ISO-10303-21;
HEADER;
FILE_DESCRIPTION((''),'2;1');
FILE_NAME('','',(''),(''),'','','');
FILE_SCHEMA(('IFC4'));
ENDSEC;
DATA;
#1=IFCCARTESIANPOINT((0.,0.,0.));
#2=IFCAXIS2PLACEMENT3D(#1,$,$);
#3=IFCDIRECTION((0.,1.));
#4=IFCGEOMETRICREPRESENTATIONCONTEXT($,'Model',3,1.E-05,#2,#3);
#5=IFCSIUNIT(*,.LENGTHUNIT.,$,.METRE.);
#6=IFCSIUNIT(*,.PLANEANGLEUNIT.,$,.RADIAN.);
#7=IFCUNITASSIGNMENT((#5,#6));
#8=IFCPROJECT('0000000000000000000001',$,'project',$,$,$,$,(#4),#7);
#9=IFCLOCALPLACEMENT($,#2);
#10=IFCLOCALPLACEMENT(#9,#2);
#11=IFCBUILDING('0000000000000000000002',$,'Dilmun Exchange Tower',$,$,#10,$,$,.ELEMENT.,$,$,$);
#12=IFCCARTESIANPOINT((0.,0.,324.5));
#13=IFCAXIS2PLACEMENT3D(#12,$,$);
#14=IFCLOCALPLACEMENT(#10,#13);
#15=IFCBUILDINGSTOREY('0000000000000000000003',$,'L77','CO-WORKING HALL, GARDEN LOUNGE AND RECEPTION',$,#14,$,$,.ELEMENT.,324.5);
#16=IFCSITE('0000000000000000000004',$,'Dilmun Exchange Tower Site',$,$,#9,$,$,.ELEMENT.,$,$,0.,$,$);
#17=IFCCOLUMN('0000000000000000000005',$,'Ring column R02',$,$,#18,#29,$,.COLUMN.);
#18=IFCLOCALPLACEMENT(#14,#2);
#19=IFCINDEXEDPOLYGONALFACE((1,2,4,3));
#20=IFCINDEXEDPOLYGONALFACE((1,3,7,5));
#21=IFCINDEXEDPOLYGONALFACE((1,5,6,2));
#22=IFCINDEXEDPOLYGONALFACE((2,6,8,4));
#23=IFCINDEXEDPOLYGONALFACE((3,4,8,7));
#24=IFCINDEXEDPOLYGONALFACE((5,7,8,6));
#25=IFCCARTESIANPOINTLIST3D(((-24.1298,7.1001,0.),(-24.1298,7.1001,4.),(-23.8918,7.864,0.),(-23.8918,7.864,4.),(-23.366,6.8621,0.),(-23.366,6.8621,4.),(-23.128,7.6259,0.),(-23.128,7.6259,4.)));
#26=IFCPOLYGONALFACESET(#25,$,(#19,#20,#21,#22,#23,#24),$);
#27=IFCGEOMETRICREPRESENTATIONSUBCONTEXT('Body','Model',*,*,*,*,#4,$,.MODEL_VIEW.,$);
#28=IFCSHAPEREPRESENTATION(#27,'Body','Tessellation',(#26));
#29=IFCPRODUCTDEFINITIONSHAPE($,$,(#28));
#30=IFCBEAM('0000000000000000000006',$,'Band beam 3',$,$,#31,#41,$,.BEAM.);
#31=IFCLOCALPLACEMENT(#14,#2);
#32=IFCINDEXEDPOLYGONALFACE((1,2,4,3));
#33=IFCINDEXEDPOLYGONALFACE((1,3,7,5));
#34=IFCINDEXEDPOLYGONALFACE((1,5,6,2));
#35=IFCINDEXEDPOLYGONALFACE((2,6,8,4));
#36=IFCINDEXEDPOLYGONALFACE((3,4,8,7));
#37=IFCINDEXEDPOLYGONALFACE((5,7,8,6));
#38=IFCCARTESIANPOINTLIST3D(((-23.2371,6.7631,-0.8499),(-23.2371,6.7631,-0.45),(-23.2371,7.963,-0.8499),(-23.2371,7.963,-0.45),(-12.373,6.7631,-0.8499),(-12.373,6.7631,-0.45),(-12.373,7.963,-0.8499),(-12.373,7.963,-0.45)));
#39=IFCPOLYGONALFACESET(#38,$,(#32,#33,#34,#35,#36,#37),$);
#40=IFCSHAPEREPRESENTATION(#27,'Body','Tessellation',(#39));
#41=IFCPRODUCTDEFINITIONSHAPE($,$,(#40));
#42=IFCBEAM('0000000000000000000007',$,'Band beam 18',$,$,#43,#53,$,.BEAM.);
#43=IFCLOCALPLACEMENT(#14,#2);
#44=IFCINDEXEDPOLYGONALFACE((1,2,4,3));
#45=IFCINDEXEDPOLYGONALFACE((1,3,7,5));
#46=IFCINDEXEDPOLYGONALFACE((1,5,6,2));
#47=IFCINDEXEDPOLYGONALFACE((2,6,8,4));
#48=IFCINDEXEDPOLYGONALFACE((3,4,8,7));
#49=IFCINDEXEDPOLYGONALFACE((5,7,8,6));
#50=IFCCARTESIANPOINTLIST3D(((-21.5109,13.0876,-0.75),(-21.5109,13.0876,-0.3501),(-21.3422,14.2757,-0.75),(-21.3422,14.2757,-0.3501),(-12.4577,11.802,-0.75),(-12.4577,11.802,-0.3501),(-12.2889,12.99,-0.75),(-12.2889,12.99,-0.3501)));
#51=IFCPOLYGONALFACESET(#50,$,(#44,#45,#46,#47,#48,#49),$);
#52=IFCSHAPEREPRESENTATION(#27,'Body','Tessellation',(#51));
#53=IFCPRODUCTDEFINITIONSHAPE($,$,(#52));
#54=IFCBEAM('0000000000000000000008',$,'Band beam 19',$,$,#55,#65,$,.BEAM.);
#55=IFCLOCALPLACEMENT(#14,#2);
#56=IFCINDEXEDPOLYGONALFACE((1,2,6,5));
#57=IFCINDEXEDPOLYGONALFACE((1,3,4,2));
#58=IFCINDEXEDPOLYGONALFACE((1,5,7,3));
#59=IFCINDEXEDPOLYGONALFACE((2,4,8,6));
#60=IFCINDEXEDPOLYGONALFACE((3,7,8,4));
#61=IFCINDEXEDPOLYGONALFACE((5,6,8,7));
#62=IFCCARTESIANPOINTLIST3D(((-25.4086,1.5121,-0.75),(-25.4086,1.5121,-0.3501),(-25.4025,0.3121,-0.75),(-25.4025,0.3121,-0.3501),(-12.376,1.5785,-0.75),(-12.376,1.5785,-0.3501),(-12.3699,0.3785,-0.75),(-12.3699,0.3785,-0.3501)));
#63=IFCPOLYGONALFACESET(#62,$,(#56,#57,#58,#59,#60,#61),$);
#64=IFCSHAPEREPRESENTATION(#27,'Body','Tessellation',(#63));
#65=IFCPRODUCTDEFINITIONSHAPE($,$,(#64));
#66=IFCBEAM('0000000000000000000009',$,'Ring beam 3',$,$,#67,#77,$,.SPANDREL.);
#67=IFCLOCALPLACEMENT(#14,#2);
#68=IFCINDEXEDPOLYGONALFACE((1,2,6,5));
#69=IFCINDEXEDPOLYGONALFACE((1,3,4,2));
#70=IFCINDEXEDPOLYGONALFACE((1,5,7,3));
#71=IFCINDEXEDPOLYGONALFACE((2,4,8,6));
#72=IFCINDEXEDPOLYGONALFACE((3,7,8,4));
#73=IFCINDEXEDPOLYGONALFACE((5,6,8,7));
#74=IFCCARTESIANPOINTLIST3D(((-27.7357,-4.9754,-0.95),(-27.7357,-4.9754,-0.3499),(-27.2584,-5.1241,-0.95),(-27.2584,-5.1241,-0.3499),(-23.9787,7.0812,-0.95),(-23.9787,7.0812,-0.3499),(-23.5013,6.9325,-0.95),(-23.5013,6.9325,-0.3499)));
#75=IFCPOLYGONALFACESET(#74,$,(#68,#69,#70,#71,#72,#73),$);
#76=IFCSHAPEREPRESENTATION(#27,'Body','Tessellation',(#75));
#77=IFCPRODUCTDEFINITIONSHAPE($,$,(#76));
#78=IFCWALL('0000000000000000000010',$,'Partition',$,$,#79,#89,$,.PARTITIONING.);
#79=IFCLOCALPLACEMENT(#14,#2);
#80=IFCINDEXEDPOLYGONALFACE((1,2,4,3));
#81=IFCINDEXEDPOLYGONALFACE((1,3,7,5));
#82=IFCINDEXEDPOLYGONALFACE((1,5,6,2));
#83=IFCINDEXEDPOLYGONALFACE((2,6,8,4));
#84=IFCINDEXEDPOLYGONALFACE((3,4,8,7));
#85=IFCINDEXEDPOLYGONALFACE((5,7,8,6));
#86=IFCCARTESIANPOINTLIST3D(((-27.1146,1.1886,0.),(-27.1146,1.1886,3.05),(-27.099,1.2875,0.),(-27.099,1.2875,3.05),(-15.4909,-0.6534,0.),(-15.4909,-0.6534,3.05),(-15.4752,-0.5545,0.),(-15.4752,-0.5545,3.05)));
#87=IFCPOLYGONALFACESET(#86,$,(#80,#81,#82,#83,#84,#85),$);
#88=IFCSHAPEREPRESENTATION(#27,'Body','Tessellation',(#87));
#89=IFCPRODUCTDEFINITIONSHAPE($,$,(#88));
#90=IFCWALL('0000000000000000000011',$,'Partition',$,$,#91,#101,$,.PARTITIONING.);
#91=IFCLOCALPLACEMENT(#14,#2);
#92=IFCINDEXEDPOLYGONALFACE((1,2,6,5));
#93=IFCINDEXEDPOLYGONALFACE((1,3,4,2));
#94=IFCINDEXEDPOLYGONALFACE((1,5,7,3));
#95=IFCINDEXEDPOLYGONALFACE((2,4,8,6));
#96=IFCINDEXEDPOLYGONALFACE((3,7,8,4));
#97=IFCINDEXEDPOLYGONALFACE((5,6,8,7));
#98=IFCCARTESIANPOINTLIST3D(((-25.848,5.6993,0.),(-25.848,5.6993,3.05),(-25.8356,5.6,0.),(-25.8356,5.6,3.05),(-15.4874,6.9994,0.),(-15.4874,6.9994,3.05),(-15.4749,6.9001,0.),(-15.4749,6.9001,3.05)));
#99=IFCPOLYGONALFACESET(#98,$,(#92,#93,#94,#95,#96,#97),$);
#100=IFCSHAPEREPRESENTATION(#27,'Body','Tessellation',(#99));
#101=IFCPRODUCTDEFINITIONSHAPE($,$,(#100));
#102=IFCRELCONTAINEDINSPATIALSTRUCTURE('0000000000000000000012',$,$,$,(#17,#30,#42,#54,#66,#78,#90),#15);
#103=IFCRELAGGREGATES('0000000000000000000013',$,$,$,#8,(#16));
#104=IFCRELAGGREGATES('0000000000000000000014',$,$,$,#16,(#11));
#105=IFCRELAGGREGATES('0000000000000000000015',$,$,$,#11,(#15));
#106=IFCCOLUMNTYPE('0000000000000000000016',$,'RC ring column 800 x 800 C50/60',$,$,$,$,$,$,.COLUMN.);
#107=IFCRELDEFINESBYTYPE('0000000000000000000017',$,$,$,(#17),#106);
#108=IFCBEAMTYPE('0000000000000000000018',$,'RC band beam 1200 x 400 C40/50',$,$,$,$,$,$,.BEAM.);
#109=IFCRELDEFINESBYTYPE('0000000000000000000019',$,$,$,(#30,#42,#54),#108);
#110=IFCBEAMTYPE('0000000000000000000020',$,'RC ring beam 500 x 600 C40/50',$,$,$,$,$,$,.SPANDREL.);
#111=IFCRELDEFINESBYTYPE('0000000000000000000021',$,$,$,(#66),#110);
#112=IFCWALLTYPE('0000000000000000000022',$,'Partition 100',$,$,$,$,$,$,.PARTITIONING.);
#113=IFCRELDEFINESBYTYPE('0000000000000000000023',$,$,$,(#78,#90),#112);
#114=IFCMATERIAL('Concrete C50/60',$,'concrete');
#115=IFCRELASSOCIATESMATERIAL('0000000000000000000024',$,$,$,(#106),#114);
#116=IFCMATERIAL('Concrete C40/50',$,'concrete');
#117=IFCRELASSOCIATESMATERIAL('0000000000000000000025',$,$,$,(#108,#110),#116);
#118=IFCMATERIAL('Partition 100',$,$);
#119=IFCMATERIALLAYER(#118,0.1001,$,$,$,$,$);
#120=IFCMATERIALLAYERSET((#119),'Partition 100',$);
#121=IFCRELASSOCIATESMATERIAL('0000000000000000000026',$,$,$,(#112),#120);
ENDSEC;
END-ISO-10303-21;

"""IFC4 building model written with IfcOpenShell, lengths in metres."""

from ifc_helpers import new_model, si_unit, direction, frame, frame_2d, origin, origin_2d, place, context, subcontext, project, spatial, rectangle, extrude, material, layer, layer_set, material_profile, profile_set, type_object, element, save


model = new_model("IFC4")

# Units and contexts
model_context = context("Model", 3, precision=1e-05, world=origin(), true_north=direction((0.0, 1.0)))
body_context = subcontext(model_context, "Body", "Model", "MODEL_VIEW")
ifc_project = project(units=[si_unit("LENGTHUNIT", "METRE"), si_unit("PLANEANGLEUNIT", "RADIAN")], contexts=[model_context])

# Site, building, storey
site_placement = place(None, origin())
site = spatial("IfcSite", under=ifc_project, at=site_placement, Name="Dilmun Exchange Tower Site", CompositionType="ELEMENT", RefElevation=0.0)
building_placement = place(site_placement, origin())
building = spatial("IfcBuilding", under=site, at=building_placement, Name="Dilmun Exchange Tower", CompositionType="ELEMENT")
storey_placement = place(building_placement, frame((0.0, 0.0, 324.5)))
storey = spatial("IfcBuildingStorey", under=building, at=storey_placement, Name="L77", Description="CO-WORKING HALL, GARDEN LOUNGE AND RECEPTION", CompositionType="ELEMENT", Elevation=324.5)

# Column
ifc_material_1 = material(Name="Concrete C50/60", Category="concrete")
ifc_material_profile_1 = material_profile(ifc_material_1, rectangle(XDim=0.8, YDim=0.8, at=origin_2d()), Name="800 x 800")
ifc_profile_set_1 = profile_set([ifc_material_profile_1], Name="Concrete C50/60")
column_type = type_object("IfcColumnType", Name="RC ring column 800 x 800 C50/60", PredefinedType="COLUMN", material=ifc_profile_set_1)
column_placement = place(storey_placement, frame((-23.6289, 7.363, 0.0), z_axis=(0.0, 0.0, 1.0), x_axis=(0.297503, 0.954721, 0.0)))
element("IfcColumn", 1, at=column_placement, inside=storey, type_object=column_type, Name="Ring column R02", PredefinedType="COLUMN", context=body_context, shape_type="SweptSolid", body=[
    extrude(rectangle(XDim=0.8, YDim=0.8, at=origin_2d()), origin(), (0.0, 0.0, 1.0), 4.0),
])

# Beams
ifc_material_2 = material(Name="Concrete C40/50", Category="concrete")
ifc_material_profile_2 = material_profile(ifc_material_2, rectangle(XDim=1.2, YDim=0.3999, at=origin_2d()), Name="1200 x 400")
ifc_profile_set_2 = profile_set([ifc_material_profile_2], Name="Concrete C40/50")
beam_type_1 = type_object("IfcBeamType", Name="RC band beam 1200 x 400 C40/50", PredefinedType="BEAM", material=ifc_profile_set_2)
beam_1_placement = place(storey_placement, frame((-23.2371, 7.363, -0.6499), z_axis=(1.0, 0.0, 0.0), x_axis=(0.0, 1.0, 0.0)))
element("IfcBeam", 2, at=beam_1_placement, inside=storey, type_object=beam_type_1, Name="Band beam 3", PredefinedType="BEAM", context=body_context, shape_type="SweptSolid", body=[
    extrude(rectangle(XDim=1.2, YDim=0.3999, at=origin_2d()), origin(), (0.0, 0.0, 1.0), 10.864),
])
beam_2_placement = place(storey_placement, frame((-21.4265, 13.6816, -0.55), z_axis=(0.990067, -0.140599, 0.0), x_axis=(0.140599, 0.990067, 0.0)))
element("IfcBeam", 3, at=beam_2_placement, inside=storey, type_object=beam_type_1, Name="Band beam 18", PredefinedType="BEAM", context=body_context, shape_type="SweptSolid", body=[
    extrude(rectangle(XDim=1.2, YDim=0.3999, at=origin_2d()), origin(), (0.0, 0.0, 1.0), 9.144),
])
beam_3_placement = place(storey_placement, frame((-25.4055, 0.9121, -0.55), z_axis=(0.999987, 0.005095, 0.0), x_axis=(-0.005095, 0.999987, 0.0)))
element("IfcBeam", 4, at=beam_3_placement, inside=storey, type_object=beam_type_1, Name="Band beam 19", PredefinedType="BEAM", context=body_context, shape_type="SweptSolid", body=[
    extrude(rectangle(XDim=1.2, YDim=0.3999, at=origin_2d()), origin(), (0.0, 0.0, 1.0), 13.0327),
])
ifc_material_profile_3 = material_profile(ifc_material_2, rectangle(XDim=0.5, YDim=0.6001, at=origin_2d()), Name="500 x 600")
ifc_profile_set_3 = profile_set([ifc_material_profile_3], Name="Concrete C40/50")
beam_type_2 = type_object("IfcBeamType", Name="RC ring beam 500 x 600 C40/50", PredefinedType="SPANDREL", material=ifc_profile_set_3)
beam_4_placement = place(storey_placement, frame((-23.74, 7.0068, -0.6499), z_axis=(-0.297509, -0.954719, 0.0), x_axis=(0.954719, -0.297509, 0.0)))
element("IfcBeam", 5, at=beam_4_placement, inside=storey, type_object=beam_type_2, Name="Ring beam 3", PredefinedType="SPANDREL", context=body_context, shape_type="SweptSolid", body=[
    extrude(rectangle(XDim=0.5, YDim=0.6001, at=origin_2d()), origin(), (0.0, 0.0, 1.0), 12.6284),
])

# Walls
ifc_material_3 = material(Name="Partition 100")
ifc_layer = layer(ifc_material_3, 0.1001)
ifc_layer_set = layer_set([ifc_layer], Name="Partition 100")
wall_type = type_object("IfcWallType", Name="Partition 100", PredefinedType="PARTITIONING", material=ifc_layer_set)
wall_1_placement = place(storey_placement, frame((-27.1067, 1.238, 0.0), z_axis=(0.0, 0.0, 1.0), x_axis=(0.987675, -0.156519, 0.0)))
element("IfcWall", 6, at=wall_1_placement, inside=storey, type_object=wall_type, Name="Partition", PredefinedType="PARTITIONING", context=body_context, shape_type="SweptSolid", body=[
    extrude(rectangle(XDim=11.7688, YDim=0.1001, at=frame_2d((5.8843, 0.0))), origin(), (0.0, 0.0, 1.0), 3.05),
])
wall_2_placement = place(storey_placement, frame((-25.8418, 5.6497, 0.0), z_axis=(0.0, 0.0, 1.0), x_axis=(0.992219, 0.124504, 0.0)))
element("IfcWall", 7, at=wall_2_placement, inside=storey, type_object=wall_type, Name="Partition", PredefinedType="PARTITIONING", context=body_context, shape_type="SweptSolid", body=[
    extrude(rectangle(XDim=10.4419, YDim=0.1001, at=frame_2d((5.2209, 0.0))), origin(), (0.0, 0.0, 1.0), 3.05),
])

save(model, "model.ifc")
